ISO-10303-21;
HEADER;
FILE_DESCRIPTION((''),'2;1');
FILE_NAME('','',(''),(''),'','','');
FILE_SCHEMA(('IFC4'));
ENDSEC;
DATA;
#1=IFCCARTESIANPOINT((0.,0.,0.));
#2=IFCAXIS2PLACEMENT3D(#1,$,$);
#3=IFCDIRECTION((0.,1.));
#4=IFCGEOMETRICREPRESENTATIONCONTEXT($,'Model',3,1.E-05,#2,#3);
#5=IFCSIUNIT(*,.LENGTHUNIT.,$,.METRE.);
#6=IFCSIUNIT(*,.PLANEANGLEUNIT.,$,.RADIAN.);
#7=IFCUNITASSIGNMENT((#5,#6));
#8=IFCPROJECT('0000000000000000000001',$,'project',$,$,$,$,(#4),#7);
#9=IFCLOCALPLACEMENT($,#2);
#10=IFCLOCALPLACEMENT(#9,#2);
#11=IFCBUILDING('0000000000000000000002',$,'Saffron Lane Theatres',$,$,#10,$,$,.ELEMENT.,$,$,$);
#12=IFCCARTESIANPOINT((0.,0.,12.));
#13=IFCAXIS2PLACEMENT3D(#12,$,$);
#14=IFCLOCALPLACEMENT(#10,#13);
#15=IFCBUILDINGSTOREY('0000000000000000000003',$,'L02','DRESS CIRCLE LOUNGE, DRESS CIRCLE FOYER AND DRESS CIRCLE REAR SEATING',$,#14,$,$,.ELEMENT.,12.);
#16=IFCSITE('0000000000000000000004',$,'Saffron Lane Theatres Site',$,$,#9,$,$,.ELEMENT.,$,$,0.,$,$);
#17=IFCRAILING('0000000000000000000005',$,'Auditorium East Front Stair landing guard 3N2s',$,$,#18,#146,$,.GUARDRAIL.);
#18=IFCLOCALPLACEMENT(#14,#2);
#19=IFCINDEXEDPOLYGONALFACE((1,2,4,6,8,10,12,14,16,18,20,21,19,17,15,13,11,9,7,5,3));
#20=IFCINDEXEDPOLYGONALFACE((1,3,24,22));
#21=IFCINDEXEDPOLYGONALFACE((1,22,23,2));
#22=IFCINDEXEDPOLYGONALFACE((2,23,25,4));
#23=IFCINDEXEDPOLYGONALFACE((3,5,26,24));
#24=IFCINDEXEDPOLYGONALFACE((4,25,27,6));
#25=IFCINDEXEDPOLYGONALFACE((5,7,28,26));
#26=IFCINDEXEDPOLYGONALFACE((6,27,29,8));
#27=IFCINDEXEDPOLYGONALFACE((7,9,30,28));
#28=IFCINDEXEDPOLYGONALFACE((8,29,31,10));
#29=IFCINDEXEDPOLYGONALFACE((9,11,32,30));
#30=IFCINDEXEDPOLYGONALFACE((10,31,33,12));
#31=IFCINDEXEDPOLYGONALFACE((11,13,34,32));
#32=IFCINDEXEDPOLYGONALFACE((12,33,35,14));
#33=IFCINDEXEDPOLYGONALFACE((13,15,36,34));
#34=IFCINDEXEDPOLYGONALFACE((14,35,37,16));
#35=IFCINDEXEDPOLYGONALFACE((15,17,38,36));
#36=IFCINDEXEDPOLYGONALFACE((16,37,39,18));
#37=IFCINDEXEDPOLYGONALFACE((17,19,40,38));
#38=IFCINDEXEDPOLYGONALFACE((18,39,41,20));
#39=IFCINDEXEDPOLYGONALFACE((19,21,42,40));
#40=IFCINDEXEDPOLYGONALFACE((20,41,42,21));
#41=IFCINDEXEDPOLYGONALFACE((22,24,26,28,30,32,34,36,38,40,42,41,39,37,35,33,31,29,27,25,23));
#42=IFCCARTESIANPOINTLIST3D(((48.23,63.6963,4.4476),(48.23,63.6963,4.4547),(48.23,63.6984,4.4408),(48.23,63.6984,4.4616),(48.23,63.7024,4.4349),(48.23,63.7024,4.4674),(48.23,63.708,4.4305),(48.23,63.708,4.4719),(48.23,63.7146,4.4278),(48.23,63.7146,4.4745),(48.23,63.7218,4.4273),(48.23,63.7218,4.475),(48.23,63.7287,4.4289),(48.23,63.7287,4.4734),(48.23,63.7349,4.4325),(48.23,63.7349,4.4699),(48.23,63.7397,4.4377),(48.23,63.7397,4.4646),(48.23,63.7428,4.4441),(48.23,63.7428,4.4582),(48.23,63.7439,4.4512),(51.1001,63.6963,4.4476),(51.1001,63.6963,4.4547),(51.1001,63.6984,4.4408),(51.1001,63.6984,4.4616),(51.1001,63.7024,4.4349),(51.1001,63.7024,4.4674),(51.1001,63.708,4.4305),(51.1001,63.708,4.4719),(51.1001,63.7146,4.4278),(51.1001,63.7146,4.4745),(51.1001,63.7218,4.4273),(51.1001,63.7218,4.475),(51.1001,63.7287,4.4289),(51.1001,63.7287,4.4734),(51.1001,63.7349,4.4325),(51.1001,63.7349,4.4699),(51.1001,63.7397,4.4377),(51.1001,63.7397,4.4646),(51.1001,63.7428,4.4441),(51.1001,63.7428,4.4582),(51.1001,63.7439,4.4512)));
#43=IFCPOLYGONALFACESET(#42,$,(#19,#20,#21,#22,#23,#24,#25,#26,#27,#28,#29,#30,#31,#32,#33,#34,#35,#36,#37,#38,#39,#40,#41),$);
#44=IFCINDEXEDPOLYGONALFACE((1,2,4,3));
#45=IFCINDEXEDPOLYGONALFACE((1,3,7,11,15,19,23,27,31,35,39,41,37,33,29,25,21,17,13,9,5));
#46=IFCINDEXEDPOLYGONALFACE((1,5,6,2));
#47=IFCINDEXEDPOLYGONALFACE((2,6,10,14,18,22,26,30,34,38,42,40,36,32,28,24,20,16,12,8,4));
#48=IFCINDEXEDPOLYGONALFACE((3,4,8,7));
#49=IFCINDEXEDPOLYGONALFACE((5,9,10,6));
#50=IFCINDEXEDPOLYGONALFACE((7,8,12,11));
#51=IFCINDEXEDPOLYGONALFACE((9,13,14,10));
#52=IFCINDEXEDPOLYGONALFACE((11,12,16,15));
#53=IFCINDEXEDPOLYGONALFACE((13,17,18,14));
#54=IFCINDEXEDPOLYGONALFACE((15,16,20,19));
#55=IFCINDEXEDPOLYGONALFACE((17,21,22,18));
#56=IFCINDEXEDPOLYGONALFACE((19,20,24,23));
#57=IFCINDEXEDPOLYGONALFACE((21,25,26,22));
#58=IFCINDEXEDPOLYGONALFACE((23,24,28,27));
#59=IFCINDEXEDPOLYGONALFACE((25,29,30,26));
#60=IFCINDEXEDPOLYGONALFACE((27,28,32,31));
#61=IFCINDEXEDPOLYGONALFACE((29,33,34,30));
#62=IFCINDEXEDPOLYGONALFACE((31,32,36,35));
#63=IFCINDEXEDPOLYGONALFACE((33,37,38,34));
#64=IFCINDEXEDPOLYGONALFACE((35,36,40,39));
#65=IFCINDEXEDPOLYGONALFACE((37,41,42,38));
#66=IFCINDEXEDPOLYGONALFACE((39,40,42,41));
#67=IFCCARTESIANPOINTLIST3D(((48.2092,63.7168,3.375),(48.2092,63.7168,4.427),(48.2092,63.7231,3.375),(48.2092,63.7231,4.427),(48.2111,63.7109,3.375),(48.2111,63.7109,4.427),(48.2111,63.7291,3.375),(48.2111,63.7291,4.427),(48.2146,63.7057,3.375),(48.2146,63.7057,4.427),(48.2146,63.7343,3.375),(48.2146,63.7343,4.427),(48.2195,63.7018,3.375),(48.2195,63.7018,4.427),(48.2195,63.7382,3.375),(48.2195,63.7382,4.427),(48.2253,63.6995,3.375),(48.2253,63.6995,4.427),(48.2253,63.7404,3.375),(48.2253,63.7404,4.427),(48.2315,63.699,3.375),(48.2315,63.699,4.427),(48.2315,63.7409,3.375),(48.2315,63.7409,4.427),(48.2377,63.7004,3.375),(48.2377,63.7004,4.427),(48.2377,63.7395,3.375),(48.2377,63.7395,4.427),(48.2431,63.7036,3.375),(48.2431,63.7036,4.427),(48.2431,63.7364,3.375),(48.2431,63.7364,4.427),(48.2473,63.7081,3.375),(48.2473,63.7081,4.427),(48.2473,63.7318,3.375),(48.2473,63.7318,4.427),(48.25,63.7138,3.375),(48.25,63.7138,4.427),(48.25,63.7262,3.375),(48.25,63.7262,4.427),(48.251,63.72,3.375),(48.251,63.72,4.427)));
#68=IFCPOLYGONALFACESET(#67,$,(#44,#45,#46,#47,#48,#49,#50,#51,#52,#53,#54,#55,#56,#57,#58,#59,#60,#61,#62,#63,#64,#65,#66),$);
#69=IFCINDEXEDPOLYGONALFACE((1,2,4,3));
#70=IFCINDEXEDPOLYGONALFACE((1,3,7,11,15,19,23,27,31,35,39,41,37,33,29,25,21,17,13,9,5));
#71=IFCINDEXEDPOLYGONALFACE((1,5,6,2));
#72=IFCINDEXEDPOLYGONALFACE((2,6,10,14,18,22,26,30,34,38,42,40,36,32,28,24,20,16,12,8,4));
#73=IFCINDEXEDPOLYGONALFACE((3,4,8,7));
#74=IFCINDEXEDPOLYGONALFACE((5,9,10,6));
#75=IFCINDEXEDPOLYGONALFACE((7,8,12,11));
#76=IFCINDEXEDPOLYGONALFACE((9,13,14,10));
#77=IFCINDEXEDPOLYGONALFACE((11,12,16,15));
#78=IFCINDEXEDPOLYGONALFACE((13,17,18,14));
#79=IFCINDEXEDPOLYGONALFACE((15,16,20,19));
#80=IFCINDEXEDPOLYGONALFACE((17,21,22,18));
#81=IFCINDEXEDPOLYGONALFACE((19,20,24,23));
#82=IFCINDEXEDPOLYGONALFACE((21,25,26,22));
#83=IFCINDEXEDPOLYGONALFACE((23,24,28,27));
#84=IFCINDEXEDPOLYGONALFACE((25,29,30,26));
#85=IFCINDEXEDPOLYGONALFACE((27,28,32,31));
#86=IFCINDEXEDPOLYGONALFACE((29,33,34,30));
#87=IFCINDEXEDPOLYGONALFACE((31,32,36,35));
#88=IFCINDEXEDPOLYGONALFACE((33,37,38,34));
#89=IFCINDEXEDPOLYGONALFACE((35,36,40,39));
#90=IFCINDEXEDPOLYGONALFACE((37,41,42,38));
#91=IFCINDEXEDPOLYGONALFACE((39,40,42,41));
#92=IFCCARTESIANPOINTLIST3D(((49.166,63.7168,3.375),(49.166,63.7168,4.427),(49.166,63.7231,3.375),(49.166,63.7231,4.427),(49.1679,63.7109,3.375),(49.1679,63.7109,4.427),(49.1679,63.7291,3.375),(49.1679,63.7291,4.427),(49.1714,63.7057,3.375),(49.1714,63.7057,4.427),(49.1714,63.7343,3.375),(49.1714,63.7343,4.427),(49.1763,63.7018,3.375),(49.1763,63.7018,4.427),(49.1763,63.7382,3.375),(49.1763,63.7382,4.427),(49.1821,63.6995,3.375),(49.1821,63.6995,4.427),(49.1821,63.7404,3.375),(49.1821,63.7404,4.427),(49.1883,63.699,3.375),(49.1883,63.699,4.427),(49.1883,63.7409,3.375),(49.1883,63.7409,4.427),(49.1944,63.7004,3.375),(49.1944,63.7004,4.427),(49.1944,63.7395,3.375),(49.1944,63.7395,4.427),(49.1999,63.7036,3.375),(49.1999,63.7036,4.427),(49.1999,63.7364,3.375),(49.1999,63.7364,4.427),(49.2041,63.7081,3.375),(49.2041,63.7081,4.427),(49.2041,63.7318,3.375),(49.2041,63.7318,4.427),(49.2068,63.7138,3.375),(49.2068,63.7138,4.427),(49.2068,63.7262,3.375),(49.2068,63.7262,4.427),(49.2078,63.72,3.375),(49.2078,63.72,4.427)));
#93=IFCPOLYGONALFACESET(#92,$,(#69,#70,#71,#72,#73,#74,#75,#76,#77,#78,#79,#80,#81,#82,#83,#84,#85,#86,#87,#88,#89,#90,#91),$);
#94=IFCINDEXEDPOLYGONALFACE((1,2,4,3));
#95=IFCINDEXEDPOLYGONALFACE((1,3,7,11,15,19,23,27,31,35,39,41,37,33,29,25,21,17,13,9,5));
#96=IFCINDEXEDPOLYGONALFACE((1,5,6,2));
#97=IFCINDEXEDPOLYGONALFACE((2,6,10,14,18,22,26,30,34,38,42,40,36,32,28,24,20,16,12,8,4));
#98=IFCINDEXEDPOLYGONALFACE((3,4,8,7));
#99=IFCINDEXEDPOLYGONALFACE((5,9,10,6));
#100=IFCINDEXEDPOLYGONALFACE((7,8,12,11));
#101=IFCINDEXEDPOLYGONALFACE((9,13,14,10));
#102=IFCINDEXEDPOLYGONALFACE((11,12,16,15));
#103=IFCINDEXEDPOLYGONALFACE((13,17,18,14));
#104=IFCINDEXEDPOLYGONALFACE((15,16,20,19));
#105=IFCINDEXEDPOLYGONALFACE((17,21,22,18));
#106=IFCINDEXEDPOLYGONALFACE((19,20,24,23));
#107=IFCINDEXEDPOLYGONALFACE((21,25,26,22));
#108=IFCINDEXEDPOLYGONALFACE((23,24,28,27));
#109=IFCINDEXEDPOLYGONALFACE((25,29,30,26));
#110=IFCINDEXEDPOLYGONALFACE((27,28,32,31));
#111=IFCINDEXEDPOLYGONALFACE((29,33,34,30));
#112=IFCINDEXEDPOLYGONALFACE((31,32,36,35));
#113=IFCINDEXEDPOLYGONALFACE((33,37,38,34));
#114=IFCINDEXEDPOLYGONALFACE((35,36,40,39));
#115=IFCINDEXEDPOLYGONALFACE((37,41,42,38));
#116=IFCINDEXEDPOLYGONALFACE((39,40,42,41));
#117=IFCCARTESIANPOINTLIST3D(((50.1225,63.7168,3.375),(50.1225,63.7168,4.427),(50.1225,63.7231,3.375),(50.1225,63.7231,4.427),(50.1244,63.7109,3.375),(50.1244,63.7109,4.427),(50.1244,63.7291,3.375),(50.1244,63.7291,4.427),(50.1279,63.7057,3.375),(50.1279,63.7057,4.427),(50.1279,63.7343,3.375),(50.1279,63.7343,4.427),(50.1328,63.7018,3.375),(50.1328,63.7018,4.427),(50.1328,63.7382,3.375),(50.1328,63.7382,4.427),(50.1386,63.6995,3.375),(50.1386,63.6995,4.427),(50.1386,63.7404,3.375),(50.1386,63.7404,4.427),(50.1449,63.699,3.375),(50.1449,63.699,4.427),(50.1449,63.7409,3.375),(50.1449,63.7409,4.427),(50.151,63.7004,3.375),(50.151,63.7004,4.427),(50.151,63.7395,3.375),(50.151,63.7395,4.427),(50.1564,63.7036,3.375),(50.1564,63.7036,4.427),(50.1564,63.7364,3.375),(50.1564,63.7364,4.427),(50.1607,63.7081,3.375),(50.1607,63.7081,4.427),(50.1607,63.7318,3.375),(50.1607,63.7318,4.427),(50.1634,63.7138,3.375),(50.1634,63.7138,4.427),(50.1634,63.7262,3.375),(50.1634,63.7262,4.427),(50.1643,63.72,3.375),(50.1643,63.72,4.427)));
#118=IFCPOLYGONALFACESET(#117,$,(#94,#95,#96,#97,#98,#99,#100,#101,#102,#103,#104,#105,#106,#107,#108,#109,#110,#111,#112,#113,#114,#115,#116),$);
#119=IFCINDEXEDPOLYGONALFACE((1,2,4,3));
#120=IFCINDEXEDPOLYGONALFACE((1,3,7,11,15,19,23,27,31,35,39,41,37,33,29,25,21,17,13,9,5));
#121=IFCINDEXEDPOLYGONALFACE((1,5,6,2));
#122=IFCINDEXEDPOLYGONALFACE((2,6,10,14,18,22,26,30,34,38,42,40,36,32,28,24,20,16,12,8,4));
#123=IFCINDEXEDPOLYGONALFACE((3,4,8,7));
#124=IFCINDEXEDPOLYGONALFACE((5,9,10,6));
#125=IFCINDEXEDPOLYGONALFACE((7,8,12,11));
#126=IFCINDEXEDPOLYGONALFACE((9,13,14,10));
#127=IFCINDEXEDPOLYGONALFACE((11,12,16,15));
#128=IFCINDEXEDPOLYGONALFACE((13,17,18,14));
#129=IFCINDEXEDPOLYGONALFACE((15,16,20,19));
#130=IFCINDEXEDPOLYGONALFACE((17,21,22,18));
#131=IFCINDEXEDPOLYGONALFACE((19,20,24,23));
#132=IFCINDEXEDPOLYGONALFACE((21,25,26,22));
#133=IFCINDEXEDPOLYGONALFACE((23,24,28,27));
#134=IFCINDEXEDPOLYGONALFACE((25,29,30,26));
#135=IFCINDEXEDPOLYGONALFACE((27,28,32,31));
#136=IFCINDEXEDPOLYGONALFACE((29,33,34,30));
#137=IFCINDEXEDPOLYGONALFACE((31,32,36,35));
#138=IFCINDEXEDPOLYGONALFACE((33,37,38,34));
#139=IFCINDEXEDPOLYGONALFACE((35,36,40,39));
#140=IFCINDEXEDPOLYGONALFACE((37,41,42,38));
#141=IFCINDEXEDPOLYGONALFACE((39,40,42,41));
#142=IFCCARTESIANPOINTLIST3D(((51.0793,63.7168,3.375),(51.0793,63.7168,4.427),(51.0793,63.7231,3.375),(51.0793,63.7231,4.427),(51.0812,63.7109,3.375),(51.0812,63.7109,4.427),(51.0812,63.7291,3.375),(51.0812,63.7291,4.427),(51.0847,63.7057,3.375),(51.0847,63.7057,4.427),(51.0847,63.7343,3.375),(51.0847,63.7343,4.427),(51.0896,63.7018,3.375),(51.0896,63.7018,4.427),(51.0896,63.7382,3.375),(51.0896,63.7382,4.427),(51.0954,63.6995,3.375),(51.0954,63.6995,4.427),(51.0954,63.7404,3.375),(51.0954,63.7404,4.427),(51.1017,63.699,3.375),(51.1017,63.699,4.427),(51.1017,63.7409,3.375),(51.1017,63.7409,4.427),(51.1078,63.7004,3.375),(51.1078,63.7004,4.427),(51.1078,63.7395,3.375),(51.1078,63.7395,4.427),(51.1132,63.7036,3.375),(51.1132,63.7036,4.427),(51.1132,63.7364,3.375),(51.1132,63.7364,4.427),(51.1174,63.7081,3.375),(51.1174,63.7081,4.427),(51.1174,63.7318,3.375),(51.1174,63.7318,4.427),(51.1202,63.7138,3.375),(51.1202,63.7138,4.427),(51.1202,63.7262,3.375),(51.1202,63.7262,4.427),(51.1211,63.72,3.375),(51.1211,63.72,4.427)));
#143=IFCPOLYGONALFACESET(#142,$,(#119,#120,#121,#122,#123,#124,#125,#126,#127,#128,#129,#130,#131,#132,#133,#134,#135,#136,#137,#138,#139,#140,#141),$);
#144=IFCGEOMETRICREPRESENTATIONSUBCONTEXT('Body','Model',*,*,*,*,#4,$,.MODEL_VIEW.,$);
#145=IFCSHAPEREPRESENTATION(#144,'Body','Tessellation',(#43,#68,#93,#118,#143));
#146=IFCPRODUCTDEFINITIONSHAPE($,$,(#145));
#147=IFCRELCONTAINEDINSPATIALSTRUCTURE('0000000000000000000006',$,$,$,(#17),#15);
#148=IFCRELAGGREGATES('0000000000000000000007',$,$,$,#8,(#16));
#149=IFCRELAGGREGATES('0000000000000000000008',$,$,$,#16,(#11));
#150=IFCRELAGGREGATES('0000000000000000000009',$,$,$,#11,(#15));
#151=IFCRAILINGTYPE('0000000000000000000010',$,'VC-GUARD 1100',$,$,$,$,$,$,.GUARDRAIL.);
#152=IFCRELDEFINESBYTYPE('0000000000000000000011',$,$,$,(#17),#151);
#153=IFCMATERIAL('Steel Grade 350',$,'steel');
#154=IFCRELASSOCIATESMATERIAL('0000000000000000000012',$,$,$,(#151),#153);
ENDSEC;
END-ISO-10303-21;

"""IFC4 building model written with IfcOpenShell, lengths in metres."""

from ifc_helpers import new_model, si_unit, direction, frame, origin, origin_2d, place, context, subcontext, project, spatial, circle, extrude, material, type_object, element, save


model = new_model("IFC4")

# Units and contexts
model_context = context("Model", 3, precision=1e-05, world=origin(), true_north=direction((0.0, 1.0)))
body_context = subcontext(model_context, "Body", "Model", "MODEL_VIEW")
ifc_project = project(units=[si_unit("LENGTHUNIT", "METRE"), si_unit("PLANEANGLEUNIT", "RADIAN")], contexts=[model_context])

# Site, building, storey
site_placement = place(None, origin())
site = spatial("IfcSite", under=ifc_project, at=site_placement, Name="Saffron Lane Theatres Site", CompositionType="ELEMENT", RefElevation=0.0)
building_placement = place(site_placement, origin())
building = spatial("IfcBuilding", under=site, at=building_placement, Name="Saffron Lane Theatres", CompositionType="ELEMENT")
storey_placement = place(building_placement, frame((0.0, 0.0, 12.0)))
storey = spatial("IfcBuildingStorey", under=building, at=storey_placement, Name="L02", Description="DRESS CIRCLE LOUNGE, DRESS CIRCLE FOYER AND DRESS CIRCLE REAR SEATING", CompositionType="ELEMENT", Elevation=12.0)

# Railing
ifc_material_1 = material(Name="Steel Grade 350", Category="steel")
railing_type_1 = type_object("IfcRailingType", Name="VC-GUARD 1100", PredefinedType="GUARDRAIL", material=ifc_material_1)
railing_1_placement = place(storey_placement, frame((48.23, 63.72, 3.375)))
element("IfcRailing", 1, at=railing_1_placement, inside=storey, type_object=railing_type_1, Name="Auditorium East Front Stair landing guard 3N2s", PredefinedType="GUARDRAIL", context=body_context, shape_type="SweptSolid", body=[
    extrude(circle(Radius=0.0239, at=origin_2d()), frame((0.0, 0.0, 1.0762), z_axis=(1.0, 0.0, 0.0), x_axis=(0.0, 1.0, 0.0)), (0.0, 0.0, 1.0), 2.8701),
    extrude(circle(Radius=0.021, at=origin_2d()), origin(), (0.0, 0.0, 1.0), 1.052),
    extrude(circle(Radius=0.021, at=origin_2d()), frame((0.9568, 0.0, 0.0)), (0.0, 0.0, 1.0), 1.052),
    extrude(circle(Radius=0.021, at=origin_2d()), frame((1.9133, 0.0, 0.0)), (0.0, 0.0, 1.0), 1.052),
    extrude(circle(Radius=0.021, at=origin_2d()), frame((2.8701, 0.0, 0.0)), (0.0, 0.0, 1.0), 1.052),
])

save(model, "model.ifc")
